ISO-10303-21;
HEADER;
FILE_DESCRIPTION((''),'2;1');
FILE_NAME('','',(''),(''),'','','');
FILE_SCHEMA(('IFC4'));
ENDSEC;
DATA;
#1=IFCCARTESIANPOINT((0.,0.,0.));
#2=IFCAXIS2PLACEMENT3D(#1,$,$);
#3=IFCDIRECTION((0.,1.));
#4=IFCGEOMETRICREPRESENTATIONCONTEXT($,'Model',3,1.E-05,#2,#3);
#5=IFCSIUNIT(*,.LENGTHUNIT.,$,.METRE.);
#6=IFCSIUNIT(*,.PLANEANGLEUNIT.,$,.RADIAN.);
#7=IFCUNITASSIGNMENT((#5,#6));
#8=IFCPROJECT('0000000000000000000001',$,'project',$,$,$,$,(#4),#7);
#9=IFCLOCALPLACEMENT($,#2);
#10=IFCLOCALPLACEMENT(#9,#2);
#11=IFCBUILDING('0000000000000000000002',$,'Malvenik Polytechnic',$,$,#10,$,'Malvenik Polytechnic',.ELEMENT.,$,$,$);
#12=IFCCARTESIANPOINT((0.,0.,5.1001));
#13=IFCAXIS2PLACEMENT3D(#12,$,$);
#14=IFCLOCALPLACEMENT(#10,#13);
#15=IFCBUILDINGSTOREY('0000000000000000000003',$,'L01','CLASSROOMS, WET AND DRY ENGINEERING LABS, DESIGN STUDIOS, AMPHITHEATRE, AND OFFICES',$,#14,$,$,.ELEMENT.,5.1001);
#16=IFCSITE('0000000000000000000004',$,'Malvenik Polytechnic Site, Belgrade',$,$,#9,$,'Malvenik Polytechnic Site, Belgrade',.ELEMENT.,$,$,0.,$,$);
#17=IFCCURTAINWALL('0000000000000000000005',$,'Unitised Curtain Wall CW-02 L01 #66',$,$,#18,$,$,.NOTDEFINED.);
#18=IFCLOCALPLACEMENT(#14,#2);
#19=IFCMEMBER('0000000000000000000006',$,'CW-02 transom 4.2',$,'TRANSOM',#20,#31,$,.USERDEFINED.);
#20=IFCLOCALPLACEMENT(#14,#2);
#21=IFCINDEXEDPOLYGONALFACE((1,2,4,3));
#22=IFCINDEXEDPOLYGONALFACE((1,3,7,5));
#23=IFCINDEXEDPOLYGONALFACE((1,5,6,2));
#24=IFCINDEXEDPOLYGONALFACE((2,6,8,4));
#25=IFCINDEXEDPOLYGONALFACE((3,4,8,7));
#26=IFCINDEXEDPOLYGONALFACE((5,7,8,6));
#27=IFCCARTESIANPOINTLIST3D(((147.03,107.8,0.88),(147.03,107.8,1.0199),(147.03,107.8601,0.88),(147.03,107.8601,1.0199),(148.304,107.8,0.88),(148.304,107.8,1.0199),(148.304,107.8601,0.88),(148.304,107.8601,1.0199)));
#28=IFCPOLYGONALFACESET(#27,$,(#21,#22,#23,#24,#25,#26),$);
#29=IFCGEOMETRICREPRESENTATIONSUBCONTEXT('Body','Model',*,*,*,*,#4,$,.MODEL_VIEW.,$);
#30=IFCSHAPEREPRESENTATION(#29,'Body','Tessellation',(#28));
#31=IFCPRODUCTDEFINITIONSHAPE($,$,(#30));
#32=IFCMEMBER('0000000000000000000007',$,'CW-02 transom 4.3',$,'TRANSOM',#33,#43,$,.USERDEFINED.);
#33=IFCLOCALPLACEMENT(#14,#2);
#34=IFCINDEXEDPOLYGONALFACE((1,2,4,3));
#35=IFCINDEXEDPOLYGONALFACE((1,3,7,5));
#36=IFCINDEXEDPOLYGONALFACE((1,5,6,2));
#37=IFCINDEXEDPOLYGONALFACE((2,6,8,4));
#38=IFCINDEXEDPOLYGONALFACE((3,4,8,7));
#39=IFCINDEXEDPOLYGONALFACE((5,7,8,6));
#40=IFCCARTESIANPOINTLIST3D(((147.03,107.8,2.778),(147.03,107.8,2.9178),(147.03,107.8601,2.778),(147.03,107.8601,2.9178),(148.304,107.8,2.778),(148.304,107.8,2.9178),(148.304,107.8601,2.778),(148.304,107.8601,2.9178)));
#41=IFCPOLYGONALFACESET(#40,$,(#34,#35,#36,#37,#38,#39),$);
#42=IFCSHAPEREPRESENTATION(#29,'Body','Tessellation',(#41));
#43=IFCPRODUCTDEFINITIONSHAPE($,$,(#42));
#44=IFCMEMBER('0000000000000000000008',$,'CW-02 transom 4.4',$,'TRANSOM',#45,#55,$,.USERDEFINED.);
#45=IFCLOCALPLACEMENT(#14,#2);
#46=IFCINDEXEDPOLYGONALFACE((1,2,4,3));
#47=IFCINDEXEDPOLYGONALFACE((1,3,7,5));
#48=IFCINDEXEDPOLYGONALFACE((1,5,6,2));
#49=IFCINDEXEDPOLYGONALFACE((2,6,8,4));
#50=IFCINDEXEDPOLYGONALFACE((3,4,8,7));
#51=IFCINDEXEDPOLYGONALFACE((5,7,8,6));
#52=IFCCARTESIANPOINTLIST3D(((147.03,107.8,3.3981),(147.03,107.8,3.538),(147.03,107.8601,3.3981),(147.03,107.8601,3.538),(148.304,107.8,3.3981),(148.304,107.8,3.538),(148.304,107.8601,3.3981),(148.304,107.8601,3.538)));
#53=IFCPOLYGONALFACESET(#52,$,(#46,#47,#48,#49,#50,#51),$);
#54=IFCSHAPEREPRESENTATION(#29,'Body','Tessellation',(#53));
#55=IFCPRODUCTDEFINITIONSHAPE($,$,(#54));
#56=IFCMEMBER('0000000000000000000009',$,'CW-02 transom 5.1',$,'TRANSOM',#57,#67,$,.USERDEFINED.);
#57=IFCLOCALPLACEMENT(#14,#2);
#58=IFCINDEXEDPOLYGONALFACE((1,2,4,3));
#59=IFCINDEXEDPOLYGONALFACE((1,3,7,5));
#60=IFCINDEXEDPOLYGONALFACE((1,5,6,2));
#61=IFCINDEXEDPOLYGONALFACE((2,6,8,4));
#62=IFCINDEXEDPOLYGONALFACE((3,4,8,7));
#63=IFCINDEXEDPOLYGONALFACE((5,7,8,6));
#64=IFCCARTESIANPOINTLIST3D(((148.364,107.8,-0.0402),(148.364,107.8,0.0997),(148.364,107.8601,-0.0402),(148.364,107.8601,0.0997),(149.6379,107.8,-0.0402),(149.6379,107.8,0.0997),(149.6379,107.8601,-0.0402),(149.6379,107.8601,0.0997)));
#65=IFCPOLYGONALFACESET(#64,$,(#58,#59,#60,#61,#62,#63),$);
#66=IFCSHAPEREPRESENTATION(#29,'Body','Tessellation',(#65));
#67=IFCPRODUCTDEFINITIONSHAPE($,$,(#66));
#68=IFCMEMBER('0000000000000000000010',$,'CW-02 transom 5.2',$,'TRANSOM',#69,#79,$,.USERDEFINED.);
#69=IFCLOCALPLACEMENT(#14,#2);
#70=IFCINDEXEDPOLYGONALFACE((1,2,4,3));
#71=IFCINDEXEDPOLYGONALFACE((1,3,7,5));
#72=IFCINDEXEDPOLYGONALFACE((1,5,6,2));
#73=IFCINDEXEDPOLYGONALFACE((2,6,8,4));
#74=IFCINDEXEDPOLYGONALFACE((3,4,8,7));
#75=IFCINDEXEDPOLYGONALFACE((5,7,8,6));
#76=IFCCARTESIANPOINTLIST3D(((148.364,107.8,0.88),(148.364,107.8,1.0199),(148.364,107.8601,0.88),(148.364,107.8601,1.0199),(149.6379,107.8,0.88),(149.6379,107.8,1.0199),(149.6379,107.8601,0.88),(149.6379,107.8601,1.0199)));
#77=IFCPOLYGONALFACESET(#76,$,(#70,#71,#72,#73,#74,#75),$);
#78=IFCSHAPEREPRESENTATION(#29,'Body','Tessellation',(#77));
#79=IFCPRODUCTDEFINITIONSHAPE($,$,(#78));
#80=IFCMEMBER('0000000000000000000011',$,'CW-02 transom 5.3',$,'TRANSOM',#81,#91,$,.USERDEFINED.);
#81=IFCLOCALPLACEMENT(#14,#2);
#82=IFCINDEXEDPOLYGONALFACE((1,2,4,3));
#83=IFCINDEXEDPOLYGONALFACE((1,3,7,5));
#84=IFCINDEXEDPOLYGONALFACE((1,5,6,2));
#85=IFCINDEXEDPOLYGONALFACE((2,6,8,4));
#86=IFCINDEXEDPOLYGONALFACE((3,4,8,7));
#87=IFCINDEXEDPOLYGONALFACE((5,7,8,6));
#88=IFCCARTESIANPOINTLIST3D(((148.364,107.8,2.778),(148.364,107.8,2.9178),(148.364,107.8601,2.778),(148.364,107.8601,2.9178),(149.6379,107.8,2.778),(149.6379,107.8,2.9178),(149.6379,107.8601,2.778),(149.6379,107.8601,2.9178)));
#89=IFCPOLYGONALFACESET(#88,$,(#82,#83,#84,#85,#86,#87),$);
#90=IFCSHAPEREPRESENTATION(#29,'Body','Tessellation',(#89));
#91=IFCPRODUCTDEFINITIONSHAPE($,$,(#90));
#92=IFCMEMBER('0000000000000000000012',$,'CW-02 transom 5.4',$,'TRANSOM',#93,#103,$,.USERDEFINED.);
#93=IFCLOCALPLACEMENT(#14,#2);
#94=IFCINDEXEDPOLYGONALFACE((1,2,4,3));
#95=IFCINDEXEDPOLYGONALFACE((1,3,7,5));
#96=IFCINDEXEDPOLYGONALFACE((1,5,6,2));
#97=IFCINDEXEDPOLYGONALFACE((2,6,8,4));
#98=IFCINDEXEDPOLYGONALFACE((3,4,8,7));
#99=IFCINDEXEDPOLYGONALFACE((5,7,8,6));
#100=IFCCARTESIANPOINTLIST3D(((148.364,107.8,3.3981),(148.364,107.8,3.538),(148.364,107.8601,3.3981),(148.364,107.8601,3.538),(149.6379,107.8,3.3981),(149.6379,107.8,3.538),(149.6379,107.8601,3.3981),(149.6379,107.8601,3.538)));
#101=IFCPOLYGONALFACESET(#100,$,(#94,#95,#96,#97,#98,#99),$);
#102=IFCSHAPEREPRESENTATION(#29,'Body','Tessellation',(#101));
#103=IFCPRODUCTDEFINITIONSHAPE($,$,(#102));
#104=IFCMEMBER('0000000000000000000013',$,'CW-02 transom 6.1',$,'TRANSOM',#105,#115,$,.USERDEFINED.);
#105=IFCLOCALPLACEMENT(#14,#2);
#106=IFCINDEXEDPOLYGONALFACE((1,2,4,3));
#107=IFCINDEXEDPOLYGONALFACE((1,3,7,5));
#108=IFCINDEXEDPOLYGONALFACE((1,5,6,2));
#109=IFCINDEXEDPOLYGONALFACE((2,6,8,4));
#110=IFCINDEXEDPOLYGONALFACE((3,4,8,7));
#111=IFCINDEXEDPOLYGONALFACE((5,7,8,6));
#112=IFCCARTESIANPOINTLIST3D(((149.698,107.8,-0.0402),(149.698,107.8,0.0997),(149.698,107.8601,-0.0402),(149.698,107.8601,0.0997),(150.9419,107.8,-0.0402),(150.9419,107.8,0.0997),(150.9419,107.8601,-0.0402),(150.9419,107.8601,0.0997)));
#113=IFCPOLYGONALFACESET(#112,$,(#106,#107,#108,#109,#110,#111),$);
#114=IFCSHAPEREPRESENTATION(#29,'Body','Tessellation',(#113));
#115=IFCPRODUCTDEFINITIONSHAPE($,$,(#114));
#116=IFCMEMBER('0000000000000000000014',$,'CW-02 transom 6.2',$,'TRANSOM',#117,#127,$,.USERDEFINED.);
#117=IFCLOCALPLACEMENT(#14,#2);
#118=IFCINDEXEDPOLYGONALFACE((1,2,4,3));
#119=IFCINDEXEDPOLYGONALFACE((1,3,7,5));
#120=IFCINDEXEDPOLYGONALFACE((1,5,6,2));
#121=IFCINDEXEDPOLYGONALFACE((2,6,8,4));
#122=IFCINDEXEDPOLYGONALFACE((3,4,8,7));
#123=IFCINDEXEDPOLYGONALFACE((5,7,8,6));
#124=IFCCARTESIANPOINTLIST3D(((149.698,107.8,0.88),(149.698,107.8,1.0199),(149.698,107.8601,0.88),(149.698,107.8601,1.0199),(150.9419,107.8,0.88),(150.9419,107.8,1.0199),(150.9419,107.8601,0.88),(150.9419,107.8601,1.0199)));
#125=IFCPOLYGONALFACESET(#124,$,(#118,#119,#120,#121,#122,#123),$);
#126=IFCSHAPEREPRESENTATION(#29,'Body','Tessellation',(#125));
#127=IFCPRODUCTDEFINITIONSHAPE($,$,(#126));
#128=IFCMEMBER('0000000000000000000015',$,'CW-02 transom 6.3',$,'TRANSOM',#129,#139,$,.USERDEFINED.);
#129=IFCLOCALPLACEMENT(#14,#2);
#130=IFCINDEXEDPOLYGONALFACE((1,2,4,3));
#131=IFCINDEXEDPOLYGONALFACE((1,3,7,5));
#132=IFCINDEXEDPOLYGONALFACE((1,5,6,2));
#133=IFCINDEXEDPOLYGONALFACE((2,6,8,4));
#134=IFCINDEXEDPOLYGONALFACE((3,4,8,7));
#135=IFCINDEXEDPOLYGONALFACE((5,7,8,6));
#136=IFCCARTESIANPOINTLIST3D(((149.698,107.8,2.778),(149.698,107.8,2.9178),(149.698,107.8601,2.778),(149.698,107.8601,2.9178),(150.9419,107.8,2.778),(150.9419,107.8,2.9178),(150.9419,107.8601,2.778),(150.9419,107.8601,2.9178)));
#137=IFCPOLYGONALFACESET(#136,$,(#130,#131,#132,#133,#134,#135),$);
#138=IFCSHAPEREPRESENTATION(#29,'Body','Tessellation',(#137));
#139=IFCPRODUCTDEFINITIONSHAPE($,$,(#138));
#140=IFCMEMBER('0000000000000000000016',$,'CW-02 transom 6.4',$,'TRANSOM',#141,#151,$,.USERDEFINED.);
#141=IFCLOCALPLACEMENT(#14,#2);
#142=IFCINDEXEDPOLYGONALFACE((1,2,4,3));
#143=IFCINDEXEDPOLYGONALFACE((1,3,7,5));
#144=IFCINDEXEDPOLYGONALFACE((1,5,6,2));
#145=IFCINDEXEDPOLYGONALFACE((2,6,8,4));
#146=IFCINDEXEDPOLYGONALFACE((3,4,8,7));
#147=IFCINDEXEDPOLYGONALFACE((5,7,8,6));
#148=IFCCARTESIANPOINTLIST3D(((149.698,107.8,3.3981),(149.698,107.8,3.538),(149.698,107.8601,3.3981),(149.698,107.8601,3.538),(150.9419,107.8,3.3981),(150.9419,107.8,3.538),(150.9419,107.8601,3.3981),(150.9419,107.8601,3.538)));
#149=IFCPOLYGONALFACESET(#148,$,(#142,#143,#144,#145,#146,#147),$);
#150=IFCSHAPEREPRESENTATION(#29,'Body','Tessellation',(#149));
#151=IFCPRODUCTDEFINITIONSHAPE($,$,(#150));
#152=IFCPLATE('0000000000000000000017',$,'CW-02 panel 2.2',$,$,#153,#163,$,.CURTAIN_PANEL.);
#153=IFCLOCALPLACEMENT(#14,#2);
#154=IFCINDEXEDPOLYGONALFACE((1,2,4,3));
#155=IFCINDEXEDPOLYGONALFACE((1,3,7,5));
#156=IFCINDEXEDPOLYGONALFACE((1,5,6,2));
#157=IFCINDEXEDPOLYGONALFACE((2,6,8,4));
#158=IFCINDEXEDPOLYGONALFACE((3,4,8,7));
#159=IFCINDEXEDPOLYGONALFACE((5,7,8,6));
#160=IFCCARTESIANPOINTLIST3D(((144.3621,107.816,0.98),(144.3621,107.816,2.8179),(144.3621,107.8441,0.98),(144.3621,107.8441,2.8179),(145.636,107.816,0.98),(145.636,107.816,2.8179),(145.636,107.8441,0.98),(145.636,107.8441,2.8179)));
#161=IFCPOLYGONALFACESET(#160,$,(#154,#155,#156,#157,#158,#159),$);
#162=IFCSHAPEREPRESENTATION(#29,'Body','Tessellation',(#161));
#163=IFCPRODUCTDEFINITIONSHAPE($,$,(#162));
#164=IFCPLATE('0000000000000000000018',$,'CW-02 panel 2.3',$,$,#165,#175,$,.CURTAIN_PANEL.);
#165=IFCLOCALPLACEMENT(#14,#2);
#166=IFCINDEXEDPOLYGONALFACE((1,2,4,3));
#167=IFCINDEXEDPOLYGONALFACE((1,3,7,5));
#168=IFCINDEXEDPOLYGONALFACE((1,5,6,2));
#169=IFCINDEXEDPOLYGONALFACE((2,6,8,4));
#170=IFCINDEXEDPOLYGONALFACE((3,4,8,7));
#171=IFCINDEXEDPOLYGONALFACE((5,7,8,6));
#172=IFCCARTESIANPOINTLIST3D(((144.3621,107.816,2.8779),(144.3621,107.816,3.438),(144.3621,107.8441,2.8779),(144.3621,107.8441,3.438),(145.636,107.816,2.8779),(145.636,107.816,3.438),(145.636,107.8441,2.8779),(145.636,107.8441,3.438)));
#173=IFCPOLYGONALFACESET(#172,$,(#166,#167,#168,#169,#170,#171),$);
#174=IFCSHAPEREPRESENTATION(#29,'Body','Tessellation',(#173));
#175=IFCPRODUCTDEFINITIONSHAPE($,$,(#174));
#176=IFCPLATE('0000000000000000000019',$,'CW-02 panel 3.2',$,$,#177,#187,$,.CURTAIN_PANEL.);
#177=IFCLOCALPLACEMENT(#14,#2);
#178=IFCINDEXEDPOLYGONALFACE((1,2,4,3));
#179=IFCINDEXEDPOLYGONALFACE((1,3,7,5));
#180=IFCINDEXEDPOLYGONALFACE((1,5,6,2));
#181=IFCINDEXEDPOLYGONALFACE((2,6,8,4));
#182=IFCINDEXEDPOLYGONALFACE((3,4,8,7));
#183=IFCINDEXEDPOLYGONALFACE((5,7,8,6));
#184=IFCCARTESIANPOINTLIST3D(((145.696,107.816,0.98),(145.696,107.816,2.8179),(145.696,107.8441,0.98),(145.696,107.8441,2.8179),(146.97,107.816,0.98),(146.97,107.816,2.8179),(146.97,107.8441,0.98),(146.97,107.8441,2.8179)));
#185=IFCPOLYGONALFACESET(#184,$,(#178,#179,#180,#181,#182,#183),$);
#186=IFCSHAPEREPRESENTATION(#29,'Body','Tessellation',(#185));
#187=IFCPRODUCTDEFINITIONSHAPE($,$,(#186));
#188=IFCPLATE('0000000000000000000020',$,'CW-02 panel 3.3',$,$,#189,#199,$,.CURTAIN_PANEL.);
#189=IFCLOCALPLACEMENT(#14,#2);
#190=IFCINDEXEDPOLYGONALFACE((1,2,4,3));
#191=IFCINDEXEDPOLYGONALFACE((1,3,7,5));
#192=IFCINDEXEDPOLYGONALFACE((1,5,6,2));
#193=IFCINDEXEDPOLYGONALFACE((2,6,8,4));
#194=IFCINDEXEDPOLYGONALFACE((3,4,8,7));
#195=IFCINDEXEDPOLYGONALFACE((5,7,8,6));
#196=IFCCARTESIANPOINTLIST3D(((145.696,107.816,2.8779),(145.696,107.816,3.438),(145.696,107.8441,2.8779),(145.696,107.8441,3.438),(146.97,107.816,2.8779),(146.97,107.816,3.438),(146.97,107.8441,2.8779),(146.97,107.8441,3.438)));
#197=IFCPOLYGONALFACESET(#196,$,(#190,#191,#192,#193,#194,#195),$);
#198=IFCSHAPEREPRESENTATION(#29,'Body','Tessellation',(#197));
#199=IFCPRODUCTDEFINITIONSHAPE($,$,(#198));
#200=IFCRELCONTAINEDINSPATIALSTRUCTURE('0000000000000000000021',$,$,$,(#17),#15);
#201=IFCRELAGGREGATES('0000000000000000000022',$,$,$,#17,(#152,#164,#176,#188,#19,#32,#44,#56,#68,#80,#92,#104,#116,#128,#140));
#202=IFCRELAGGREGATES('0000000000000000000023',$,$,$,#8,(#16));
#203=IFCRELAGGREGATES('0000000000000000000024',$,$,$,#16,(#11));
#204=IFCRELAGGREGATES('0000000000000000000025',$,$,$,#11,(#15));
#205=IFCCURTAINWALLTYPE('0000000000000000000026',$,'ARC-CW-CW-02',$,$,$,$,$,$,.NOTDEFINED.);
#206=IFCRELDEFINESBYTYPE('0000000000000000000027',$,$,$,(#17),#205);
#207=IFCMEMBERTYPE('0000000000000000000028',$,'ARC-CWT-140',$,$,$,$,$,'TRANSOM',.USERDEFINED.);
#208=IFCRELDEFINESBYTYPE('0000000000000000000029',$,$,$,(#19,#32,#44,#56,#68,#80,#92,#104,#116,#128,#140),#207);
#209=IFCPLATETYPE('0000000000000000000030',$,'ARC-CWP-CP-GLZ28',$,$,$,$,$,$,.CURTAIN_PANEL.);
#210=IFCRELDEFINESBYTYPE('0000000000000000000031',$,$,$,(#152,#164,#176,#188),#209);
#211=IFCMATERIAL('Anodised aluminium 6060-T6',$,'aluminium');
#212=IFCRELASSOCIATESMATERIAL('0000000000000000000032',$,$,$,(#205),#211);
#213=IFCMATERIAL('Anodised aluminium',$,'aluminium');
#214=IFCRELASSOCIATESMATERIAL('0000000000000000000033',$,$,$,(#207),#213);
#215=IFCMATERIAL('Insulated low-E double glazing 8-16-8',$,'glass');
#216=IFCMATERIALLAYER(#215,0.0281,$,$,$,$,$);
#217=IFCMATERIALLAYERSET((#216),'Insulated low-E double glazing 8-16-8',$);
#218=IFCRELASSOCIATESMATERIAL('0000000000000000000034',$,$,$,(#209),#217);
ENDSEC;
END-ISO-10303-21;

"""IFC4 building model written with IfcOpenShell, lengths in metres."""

from ifc_helpers import new_model, si_unit, direction, frame, origin, origin_2d, place, context, subcontext, project, spatial, rectangle, extrude, material, layer, layer_set, material_profile, profile_set, type_object, element, aggregate, save


model = new_model("IFC4")

# Units and contexts
model_context = context("Model", 3, precision=1e-05, world=origin(), true_north=direction((0.0, 1.0)))
body_context = subcontext(model_context, "Body", "Model", "MODEL_VIEW")
ifc_project = project(units=[si_unit("LENGTHUNIT", "METRE"), si_unit("PLANEANGLEUNIT", "RADIAN")], contexts=[model_context])

# Site, building, storey
site_placement = place(None, origin())
site = spatial("IfcSite", under=ifc_project, at=site_placement, Name="Malvenik Polytechnic Site, Belgrade", LongName="Malvenik Polytechnic Site, Belgrade", CompositionType="ELEMENT", RefElevation=0.0)
building_placement = place(site_placement, origin())
building = spatial("IfcBuilding", under=site, at=building_placement, Name="Malvenik Polytechnic", LongName="Malvenik Polytechnic", CompositionType="ELEMENT")
storey_placement = place(building_placement, frame((0.0, 0.0, 5.1001)))
storey = spatial("IfcBuildingStorey", under=building, at=storey_placement, Name="L01", Description="CLASSROOMS, WET AND DRY ENGINEERING LABS, DESIGN STUDIOS, AMPHITHEATRE, AND OFFICES", CompositionType="ELEMENT", Elevation=5.1001)

# Curtain wall, members, plates
ifc_material_1 = material(Name="Anodised aluminium 6060-T6", Category="aluminium")
curtain_wall_type = type_object("IfcCurtainWallType", Name="ARC-CW-CW-02", PredefinedType="NOTDEFINED", material=ifc_material_1)
curtain_wall_placement = place(storey_placement, origin())
curtain_wall = element("IfcCurtainWall", 1, at=curtain_wall_placement, inside=storey, type_object=curtain_wall_type, Name="Unitised Curtain Wall CW-02 L01 #66", PredefinedType="NOTDEFINED")
ifc_material_2 = material(Name="Anodised aluminium", Category="aluminium")
ifc_material_profile_1 = material_profile(ifc_material_2, rectangle(XDim=0.0601, YDim=0.1399, at=origin_2d()), Name="ALU TRANSOM 60x140")
ifc_profile_set_1 = profile_set([ifc_material_profile_1], Name="Anodised aluminium")
member_type_1 = type_object("IfcMemberType", Name="ARC-CWT-140", ElementType="TRANSOM", PredefinedType="USERDEFINED", material=ifc_profile_set_1)
member_1_placement = place(storey_placement, frame((147.03, 107.8301, 0.95), z_axis=(1.0, 0.0, 0.0), x_axis=(0.0, 1.0, 0.0)))
member_1 = element("IfcMember", 2, at=member_1_placement, type_object=member_type_1, Name="CW-02 transom 4.2", ObjectType="TRANSOM", PredefinedType="USERDEFINED", context=body_context, shape_type="SweptSolid", body=[
    extrude(rectangle(XDim=0.0601, YDim=0.1399, at=origin_2d()), origin(), (0.0, 0.0, 1.0), 1.2739),
])
member_2_placement = place(storey_placement, frame((147.03, 107.8301, 2.8479), z_axis=(1.0, 0.0, 0.0), x_axis=(0.0, 1.0, 0.0)))
member_2 = element("IfcMember", 3, at=member_2_placement, type_object=member_type_1, Name="CW-02 transom 4.3", ObjectType="TRANSOM", PredefinedType="USERDEFINED", context=body_context, shape_type="SweptSolid", body=[
    extrude(rectangle(XDim=0.0601, YDim=0.1399, at=origin_2d()), origin(), (0.0, 0.0, 1.0), 1.2739),
])
member_3_placement = place(storey_placement, frame((147.03, 107.8301, 3.468), z_axis=(1.0, 0.0, 0.0), x_axis=(0.0, 1.0, 0.0)))
member_3 = element("IfcMember", 4, at=member_3_placement, type_object=member_type_1, Name="CW-02 transom 4.4", ObjectType="TRANSOM", PredefinedType="USERDEFINED", context=body_context, shape_type="SweptSolid", body=[
    extrude(rectangle(XDim=0.0601, YDim=0.1399, at=origin_2d()), origin(), (0.0, 0.0, 1.0), 1.2739),
])
member_4_placement = place(storey_placement, frame((148.364, 107.8301, 0.0298), z_axis=(1.0, 0.0, 0.0), x_axis=(0.0, 1.0, 0.0)))
member_4 = element("IfcMember", 5, at=member_4_placement, type_object=member_type_1, Name="CW-02 transom 5.1", ObjectType="TRANSOM", PredefinedType="USERDEFINED", context=body_context, shape_type="SweptSolid", body=[
    extrude(rectangle(XDim=0.0601, YDim=0.1399, at=origin_2d()), origin(), (0.0, 0.0, 1.0), 1.2739),
])
member_5_placement = place(storey_placement, frame((148.364, 107.8301, 0.95), z_axis=(1.0, 0.0, 0.0), x_axis=(0.0, 1.0, 0.0)))
member_5 = element("IfcMember", 6, at=member_5_placement, type_object=member_type_1, Name="CW-02 transom 5.2", ObjectType="TRANSOM", PredefinedType="USERDEFINED", context=body_context, shape_type="SweptSolid", body=[
    extrude(rectangle(XDim=0.0601, YDim=0.1399, at=origin_2d()), origin(), (0.0, 0.0, 1.0), 1.2739),
])
member_6_placement = place(storey_placement, frame((148.364, 107.8301, 2.8479), z_axis=(1.0, 0.0, 0.0), x_axis=(0.0, 1.0, 0.0)))
member_6 = element("IfcMember", 7, at=member_6_placement, type_object=member_type_1, Name="CW-02 transom 5.3", ObjectType="TRANSOM", PredefinedType="USERDEFINED", context=body_context, shape_type="SweptSolid", body=[
    extrude(rectangle(XDim=0.0601, YDim=0.1399, at=origin_2d()), origin(), (0.0, 0.0, 1.0), 1.2739),
])
member_7_placement = place(storey_placement, frame((148.364, 107.8301, 3.468), z_axis=(1.0, 0.0, 0.0), x_axis=(0.0, 1.0, 0.0)))
member_7 = element("IfcMember", 8, at=member_7_placement, type_object=member_type_1, Name="CW-02 transom 5.4", ObjectType="TRANSOM", PredefinedType="USERDEFINED", context=body_context, shape_type="SweptSolid", body=[
    extrude(rectangle(XDim=0.0601, YDim=0.1399, at=origin_2d()), origin(), (0.0, 0.0, 1.0), 1.2739),
])
member_8_placement = place(storey_placement, frame((149.698, 107.8301, 0.0298), z_axis=(1.0, 0.0, 0.0), x_axis=(0.0, 1.0, 0.0)))
member_8 = element("IfcMember", 9, at=member_8_placement, type_object=member_type_1, Name="CW-02 transom 6.1", ObjectType="TRANSOM", PredefinedType="USERDEFINED", context=body_context, shape_type="SweptSolid", body=[
    extrude(rectangle(XDim=0.0601, YDim=0.1399, at=origin_2d()), origin(), (0.0, 0.0, 1.0), 1.2439),
])
member_9_placement = place(storey_placement, frame((149.698, 107.8301, 0.95), z_axis=(1.0, 0.0, 0.0), x_axis=(0.0, 1.0, 0.0)))
member_9 = element("IfcMember", 10, at=member_9_placement, type_object=member_type_1, Name="CW-02 transom 6.2", ObjectType="TRANSOM", PredefinedType="USERDEFINED", context=body_context, shape_type="SweptSolid", body=[
    extrude(rectangle(XDim=0.0601, YDim=0.1399, at=origin_2d()), origin(), (0.0, 0.0, 1.0), 1.2439),
])
member_10_placement = place(storey_placement, frame((149.698, 107.8301, 2.8479), z_axis=(1.0, 0.0, 0.0), x_axis=(0.0, 1.0, 0.0)))
member_10 = element("IfcMember", 11, at=member_10_placement, type_object=member_type_1, Name="CW-02 transom 6.3", ObjectType="TRANSOM", PredefinedType="USERDEFINED", context=body_context, shape_type="SweptSolid", body=[
    extrude(rectangle(XDim=0.0601, YDim=0.1399, at=origin_2d()), origin(), (0.0, 0.0, 1.0), 1.2439),
])
member_11_placement = place(storey_placement, frame((149.698, 107.8301, 3.468), z_axis=(1.0, 0.0, 0.0), x_axis=(0.0, 1.0, 0.0)))
member_11 = element("IfcMember", 12, at=member_11_placement, type_object=member_type_1, Name="CW-02 transom 6.4", ObjectType="TRANSOM", PredefinedType="USERDEFINED", context=body_context, shape_type="SweptSolid", body=[
    extrude(rectangle(XDim=0.0601, YDim=0.1399, at=origin_2d()), origin(), (0.0, 0.0, 1.0), 1.2439),
])
ifc_material_3 = material(Name="Insulated low-E double glazing 8-16-8", Category="glass")
ifc_layer_1 = layer(ifc_material_3, 0.0281)
ifc_layer_set_1 = layer_set([ifc_layer_1], Name="Insulated low-E double glazing 8-16-8")
plate_type_1 = type_object("IfcPlateType", Name="ARC-CWP-CP-GLZ28", PredefinedType="CURTAIN_PANEL", material=ifc_layer_set_1)
plate_1_placement = place(storey_placement, frame((144.999, 107.8301, 0.98), z_axis=(0.0, 0.0, 1.0), x_axis=(1.0, 0.0, 0.0)))
plate_1 = element("IfcPlate", 13, at=plate_1_placement, type_object=plate_type_1, Name="CW-02 panel 2.2", PredefinedType="CURTAIN_PANEL", context=body_context, shape_type="SweptSolid", body=[
    extrude(rectangle(XDim=1.2739, YDim=0.0281, at=origin_2d()), origin(), (0.0, 0.0, 1.0), 1.8379),
])
plate_2_placement = place(storey_placement, frame((144.999, 107.8301, 2.8779), z_axis=(0.0, 0.0, 1.0), x_axis=(1.0, 0.0, 0.0)))
plate_2 = element("IfcPlate", 14, at=plate_2_placement, type_object=plate_type_1, Name="CW-02 panel 2.3", PredefinedType="CURTAIN_PANEL", context=body_context, shape_type="SweptSolid", body=[
    extrude(rectangle(XDim=1.2739, YDim=0.0281, at=origin_2d()), origin(), (0.0, 0.0, 1.0), 0.5601),
])
plate_3_placement = place(storey_placement, frame((146.333, 107.8301, 0.98), z_axis=(0.0, 0.0, 1.0), x_axis=(1.0, 0.0, 0.0)))
plate_3 = element("IfcPlate", 15, at=plate_3_placement, type_object=plate_type_1, Name="CW-02 panel 3.2", PredefinedType="CURTAIN_PANEL", context=body_context, shape_type="SweptSolid", body=[
    extrude(rectangle(XDim=1.2739, YDim=0.0281, at=origin_2d()), origin(), (0.0, 0.0, 1.0), 1.8379),
])
plate_4_placement = place(storey_placement, frame((146.333, 107.8301, 2.8779), z_axis=(0.0, 0.0, 1.0), x_axis=(1.0, 0.0, 0.0)))
plate_4 = element("IfcPlate", 16, at=plate_4_placement, type_object=plate_type_1, Name="CW-02 panel 3.3", PredefinedType="CURTAIN_PANEL", context=body_context, shape_type="SweptSolid", body=[
    extrude(rectangle(XDim=1.2739, YDim=0.0281, at=origin_2d()), origin(), (0.0, 0.0, 1.0), 0.5601),
])
aggregate(curtain_wall, [plate_1, plate_2, plate_3, plate_4, member_1, member_2, member_3, member_4, member_5, member_6, member_7, member_8, member_9, member_10, member_11])

save(model, "model.ifc")
